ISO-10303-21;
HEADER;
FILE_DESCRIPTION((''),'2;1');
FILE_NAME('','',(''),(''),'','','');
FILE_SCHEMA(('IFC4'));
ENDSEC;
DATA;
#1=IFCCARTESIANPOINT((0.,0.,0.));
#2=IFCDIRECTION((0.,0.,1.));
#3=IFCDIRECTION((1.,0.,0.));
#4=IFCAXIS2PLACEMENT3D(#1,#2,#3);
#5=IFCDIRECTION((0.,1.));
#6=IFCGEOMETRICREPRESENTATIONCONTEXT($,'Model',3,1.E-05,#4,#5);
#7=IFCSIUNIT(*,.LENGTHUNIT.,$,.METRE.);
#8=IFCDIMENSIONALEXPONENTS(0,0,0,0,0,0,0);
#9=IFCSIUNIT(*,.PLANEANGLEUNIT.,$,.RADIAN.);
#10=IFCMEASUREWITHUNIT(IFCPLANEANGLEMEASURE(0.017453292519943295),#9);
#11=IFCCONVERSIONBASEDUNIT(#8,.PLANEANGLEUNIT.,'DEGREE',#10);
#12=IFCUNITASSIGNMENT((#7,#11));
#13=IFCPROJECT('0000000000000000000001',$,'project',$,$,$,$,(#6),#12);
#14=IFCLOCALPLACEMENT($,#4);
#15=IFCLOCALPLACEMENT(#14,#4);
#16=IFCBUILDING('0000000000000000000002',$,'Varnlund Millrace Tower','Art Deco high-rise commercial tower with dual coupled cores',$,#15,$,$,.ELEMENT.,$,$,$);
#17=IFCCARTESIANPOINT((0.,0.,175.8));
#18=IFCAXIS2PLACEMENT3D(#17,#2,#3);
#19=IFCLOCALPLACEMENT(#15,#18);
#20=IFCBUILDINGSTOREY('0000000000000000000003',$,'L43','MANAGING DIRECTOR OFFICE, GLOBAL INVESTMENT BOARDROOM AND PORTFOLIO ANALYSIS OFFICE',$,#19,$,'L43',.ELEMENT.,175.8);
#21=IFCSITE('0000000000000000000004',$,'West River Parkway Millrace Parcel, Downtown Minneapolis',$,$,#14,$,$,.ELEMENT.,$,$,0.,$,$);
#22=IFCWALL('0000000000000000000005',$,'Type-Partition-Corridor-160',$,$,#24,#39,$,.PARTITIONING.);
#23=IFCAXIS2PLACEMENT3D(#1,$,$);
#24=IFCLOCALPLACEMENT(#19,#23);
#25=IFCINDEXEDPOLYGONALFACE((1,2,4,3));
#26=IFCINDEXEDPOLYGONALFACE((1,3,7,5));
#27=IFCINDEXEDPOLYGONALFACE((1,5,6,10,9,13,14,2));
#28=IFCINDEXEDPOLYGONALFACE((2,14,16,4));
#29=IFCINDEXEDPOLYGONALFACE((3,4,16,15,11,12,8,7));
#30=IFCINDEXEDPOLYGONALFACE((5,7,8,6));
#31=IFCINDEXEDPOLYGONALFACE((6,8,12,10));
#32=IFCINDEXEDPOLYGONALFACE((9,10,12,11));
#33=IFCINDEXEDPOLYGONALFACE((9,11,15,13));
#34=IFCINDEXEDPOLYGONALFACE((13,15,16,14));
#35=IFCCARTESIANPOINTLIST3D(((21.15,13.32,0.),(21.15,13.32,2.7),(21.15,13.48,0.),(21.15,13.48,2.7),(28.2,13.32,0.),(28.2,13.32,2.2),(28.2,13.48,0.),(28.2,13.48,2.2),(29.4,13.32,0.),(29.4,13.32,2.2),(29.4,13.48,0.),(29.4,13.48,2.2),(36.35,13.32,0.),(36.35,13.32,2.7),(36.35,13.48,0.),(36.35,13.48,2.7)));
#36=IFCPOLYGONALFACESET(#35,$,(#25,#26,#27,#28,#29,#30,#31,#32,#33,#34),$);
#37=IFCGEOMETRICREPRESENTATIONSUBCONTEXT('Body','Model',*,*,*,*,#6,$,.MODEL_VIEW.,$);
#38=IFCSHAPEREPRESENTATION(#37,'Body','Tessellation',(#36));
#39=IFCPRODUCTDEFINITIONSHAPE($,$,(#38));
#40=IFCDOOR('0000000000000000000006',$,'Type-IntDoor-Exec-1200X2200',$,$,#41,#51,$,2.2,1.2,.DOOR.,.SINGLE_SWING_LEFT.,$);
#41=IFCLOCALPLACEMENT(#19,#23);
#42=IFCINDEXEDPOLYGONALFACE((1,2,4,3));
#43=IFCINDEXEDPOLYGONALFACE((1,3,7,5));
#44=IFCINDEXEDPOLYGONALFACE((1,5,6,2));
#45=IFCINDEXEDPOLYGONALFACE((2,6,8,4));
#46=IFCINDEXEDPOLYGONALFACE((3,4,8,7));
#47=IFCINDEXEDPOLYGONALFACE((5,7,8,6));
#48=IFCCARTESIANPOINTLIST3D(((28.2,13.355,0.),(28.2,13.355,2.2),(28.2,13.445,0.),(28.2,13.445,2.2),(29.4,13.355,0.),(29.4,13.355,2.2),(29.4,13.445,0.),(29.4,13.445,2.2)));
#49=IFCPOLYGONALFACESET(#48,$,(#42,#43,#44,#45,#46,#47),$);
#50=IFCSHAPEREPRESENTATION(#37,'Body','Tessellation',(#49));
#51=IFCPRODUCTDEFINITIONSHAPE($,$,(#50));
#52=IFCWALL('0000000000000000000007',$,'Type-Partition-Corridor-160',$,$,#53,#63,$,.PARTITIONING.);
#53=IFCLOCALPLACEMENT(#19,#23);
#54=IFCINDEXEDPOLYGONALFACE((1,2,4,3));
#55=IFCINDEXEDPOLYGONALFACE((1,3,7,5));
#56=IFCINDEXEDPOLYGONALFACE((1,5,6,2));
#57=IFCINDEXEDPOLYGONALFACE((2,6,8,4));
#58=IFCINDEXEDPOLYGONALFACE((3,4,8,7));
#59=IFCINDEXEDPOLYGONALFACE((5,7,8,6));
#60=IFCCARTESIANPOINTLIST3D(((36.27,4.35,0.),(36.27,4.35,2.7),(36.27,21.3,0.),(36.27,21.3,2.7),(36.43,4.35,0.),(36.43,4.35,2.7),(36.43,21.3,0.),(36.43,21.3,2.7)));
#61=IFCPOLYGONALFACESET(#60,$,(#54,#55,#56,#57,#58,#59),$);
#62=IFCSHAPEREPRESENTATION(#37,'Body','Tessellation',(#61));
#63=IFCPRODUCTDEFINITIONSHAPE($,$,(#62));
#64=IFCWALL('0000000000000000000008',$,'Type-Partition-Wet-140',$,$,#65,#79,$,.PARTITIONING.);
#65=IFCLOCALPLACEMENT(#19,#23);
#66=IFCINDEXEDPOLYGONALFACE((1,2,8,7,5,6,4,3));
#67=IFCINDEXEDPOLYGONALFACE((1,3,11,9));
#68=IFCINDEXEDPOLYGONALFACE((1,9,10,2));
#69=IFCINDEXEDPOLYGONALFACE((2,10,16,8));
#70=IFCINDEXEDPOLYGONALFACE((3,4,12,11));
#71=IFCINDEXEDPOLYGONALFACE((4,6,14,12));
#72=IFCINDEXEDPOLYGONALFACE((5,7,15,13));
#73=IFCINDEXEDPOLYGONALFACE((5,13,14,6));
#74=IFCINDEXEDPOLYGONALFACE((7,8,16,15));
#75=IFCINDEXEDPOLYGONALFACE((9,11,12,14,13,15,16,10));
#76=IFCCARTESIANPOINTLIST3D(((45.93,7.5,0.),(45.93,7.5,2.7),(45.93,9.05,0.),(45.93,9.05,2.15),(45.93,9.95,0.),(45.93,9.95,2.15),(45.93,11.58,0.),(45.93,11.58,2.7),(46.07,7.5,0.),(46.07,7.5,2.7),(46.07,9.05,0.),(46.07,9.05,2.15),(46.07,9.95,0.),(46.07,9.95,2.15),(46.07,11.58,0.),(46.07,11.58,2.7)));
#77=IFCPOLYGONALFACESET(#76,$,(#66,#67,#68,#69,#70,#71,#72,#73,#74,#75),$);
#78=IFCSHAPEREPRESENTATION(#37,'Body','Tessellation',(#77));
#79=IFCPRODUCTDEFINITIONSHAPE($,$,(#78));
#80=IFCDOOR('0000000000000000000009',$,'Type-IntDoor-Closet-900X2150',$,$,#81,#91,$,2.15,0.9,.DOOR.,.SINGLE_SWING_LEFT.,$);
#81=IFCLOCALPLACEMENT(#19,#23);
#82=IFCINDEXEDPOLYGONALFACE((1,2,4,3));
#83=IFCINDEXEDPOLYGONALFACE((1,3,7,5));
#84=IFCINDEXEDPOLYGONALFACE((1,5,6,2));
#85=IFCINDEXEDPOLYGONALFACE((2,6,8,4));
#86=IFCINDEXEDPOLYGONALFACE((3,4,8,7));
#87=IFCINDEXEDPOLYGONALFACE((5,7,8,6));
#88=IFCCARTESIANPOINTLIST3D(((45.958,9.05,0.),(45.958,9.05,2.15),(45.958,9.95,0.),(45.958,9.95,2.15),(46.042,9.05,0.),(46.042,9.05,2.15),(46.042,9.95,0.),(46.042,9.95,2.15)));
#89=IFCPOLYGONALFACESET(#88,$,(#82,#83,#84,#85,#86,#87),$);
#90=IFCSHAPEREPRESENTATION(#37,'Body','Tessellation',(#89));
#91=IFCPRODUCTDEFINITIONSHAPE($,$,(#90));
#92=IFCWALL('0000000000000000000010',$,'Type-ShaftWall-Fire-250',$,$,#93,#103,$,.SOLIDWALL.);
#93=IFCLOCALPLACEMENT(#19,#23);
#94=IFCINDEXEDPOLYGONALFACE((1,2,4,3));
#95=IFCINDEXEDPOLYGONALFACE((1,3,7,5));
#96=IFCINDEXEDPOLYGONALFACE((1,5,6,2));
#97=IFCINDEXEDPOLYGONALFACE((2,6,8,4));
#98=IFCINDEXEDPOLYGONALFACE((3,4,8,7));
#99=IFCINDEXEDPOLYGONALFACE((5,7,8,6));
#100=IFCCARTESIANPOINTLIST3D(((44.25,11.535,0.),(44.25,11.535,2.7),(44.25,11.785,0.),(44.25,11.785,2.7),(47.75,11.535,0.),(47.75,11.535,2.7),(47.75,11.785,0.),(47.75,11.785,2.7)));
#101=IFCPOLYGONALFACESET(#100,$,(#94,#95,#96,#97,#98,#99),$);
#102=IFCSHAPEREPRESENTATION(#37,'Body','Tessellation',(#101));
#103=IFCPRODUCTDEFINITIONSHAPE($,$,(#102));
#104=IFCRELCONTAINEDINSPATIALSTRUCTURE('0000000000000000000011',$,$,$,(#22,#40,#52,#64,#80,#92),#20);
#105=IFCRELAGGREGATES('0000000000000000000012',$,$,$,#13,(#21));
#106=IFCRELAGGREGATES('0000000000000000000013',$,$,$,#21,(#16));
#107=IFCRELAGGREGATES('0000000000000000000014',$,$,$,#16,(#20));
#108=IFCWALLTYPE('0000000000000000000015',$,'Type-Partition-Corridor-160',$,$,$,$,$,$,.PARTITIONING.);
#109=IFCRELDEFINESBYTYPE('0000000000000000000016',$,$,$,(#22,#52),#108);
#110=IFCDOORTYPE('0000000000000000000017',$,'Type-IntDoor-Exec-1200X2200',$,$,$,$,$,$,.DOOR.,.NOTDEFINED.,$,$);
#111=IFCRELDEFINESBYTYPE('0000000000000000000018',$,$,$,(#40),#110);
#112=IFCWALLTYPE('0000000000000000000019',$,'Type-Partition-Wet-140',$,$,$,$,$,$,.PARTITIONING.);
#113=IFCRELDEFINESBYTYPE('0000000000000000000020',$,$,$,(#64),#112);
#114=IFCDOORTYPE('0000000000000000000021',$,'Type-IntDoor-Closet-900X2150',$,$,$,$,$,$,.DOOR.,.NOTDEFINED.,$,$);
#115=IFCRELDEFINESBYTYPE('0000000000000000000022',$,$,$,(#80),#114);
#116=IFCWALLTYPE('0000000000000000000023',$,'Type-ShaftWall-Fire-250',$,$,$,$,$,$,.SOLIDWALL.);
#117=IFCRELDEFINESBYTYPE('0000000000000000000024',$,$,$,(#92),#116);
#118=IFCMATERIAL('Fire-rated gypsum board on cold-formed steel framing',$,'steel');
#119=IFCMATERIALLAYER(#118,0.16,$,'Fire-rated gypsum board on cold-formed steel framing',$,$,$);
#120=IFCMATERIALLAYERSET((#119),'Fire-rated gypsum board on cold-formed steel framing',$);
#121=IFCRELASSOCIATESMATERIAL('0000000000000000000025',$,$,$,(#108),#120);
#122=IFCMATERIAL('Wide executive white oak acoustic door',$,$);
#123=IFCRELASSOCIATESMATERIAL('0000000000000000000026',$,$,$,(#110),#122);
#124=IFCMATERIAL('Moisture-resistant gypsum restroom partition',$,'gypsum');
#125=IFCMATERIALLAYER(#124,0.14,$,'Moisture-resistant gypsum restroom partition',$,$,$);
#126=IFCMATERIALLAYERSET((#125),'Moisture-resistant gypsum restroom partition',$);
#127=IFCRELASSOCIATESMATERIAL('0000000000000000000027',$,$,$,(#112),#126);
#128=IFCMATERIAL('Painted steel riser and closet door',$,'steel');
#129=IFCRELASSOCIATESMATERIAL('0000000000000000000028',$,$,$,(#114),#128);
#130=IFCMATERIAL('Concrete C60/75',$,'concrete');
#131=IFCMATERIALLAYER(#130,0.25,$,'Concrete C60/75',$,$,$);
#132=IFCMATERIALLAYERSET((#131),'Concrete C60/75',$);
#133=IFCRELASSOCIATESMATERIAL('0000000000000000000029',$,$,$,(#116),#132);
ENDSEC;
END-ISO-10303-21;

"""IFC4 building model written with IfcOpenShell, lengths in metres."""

from ifc_helpers import new_model, entity, si_unit, converted_unit, direction, frame, origin_with_axes, origin_2d_with_axis, place, context, subcontext, project, spatial, polyline, rectangle, outline, extrude, material, layer, layer_set, type_object, element, fill, save


model = new_model("IFC4")

# Units and contexts
model_context = context("Model", 3, precision=1e-05, world=origin_with_axes(), true_north=direction((0.0, 1.0)))
body_context = subcontext(model_context, "Body", "Model", "MODEL_VIEW")
ifc_project = project(units=[si_unit("LENGTHUNIT", "METRE"), converted_unit("PLANEANGLEUNIT", "DEGREE", entity("IfcPlaneAngleMeasure", 0.017453292519943295), si_unit("PLANEANGLEUNIT", "RADIAN"), dimensions=[0, 0, 0, 0, 0, 0, 0])], contexts=[model_context])

# Site, building, storey
site_placement = place(None, origin_with_axes())
site = spatial("IfcSite", under=ifc_project, at=site_placement, Name="West River Parkway Millrace Parcel, Downtown Minneapolis", CompositionType="ELEMENT", RefElevation=0.0)
building_placement = place(site_placement, origin_with_axes())
building = spatial("IfcBuilding", under=site, at=building_placement, Name="Varnlund Millrace Tower", Description="Art Deco high-rise commercial tower with dual coupled cores", CompositionType="ELEMENT")
storey_placement = place(building_placement, frame((0.0, 0.0, 175.8), z_axis=(0.0, 0.0, 1.0), x_axis=(1.0, 0.0, 0.0)))
storey = spatial("IfcBuildingStorey", under=building, at=storey_placement, Name="L43", Description="MANAGING DIRECTOR OFFICE, GLOBAL INVESTMENT BOARDROOM AND PORTFOLIO ANALYSIS OFFICE", LongName="L43", CompositionType="ELEMENT", Elevation=175.8)

# Shared definitions
ifc_material_1 = material(Name="Fire-rated gypsum board on cold-formed steel framing", Category="steel")
ifc_layer_1 = layer(ifc_material_1, 0.16, Name="Fire-rated gypsum board on cold-formed steel framing")
ifc_layer_set_1 = layer_set([ifc_layer_1], Name="Fire-rated gypsum board on cold-formed steel framing")
wall_type_1 = type_object("IfcWallType", Name="Type-Partition-Corridor-160", PredefinedType="PARTITIONING", material=ifc_layer_set_1)

# Wall, opening, door
wall_1_placement = place(storey_placement, frame((21.15, 13.4, 0.0), z_axis=(0.0, 0.0, 1.0), x_axis=(1.0, 0.0, 0.0)))
wall_1 = element("IfcWall", 1, at=wall_1_placement, inside=storey, type_object=wall_type_1, Name="Type-Partition-Corridor-160", PredefinedType="PARTITIONING", context=body_context, shape_type="SweptSolid", body=[
    extrude(outline(polyline([(0.0, -0.08), (15.2, -0.08), (15.2, 0.08), (0.0, 0.08), (0.0, -0.08)])), origin_with_axes(), (0.0, 0.0, 1.0), 2.7),
])
opening_1_placement = place(wall_1_placement, frame((7.65, 0.0, 0.0), z_axis=(0.0, 0.0, 1.0), x_axis=(1.0, 0.0, 0.0)))
opening_1 = element("IfcOpeningElement", 2, at=opening_1_placement, cuts=wall_1, PredefinedType="OPENING", context=body_context, shape_type="SweptSolid", body=[
    extrude(rectangle(XDim=1.2, YDim=0.18, at=origin_2d_with_axis()), origin_with_axes(), (0.0, 0.0, 1.0), 2.2),
])
ifc_material_2 = material(Name="Wide executive white oak acoustic door")
door_type_1 = type_object("IfcDoorType", Name="Type-IntDoor-Exec-1200X2200", OperationType="NOTDEFINED", PredefinedType="DOOR", material=ifc_material_2)
door_1_placement = place(wall_1_placement, frame((7.65, 0.0, 0.0), z_axis=(0.0, 0.0, 1.0), x_axis=(1.0, 0.0, 0.0)))
door_1 = element("IfcDoor", 3, at=door_1_placement, inside=storey, type_object=door_type_1, Name="Type-IntDoor-Exec-1200X2200", OperationType="SINGLE_SWING_LEFT", OverallHeight=2.2, OverallWidth=1.2, PredefinedType="DOOR", context=body_context, shape_type="SweptSolid", body=[
    extrude(rectangle(XDim=1.2, YDim=0.09, at=origin_2d_with_axis()), origin_with_axes(), (0.0, 0.0, 1.0), 2.2),
])
fill(opening_1, door_1)

# Wall
wall_2_placement = place(storey_placement, frame((36.35, 4.35, 0.0), z_axis=(0.0, 0.0, 1.0), x_axis=(0.0, 1.0, 0.0)))
element("IfcWall", 4, at=wall_2_placement, inside=storey, type_object=wall_type_1, Name="Type-Partition-Corridor-160", PredefinedType="PARTITIONING", context=body_context, shape_type="SweptSolid", body=[
    extrude(outline(polyline([(0.0, -0.08), (16.95, -0.08), (16.95, 0.08), (0.0, 0.08), (0.0, -0.08)])), origin_with_axes(), (0.0, 0.0, 1.0), 2.7),
])

# Wall, opening, door
ifc_material_3 = material(Name="Moisture-resistant gypsum restroom partition", Category="gypsum")
ifc_layer_2 = layer(ifc_material_3, 0.14, Name="Moisture-resistant gypsum restroom partition")
ifc_layer_set_2 = layer_set([ifc_layer_2], Name="Moisture-resistant gypsum restroom partition")
wall_type_2 = type_object("IfcWallType", Name="Type-Partition-Wet-140", PredefinedType="PARTITIONING", material=ifc_layer_set_2)
wall_3_placement = place(storey_placement, frame((46.0, 7.5, 0.0), z_axis=(0.0, 0.0, 1.0), x_axis=(0.0, 1.0, 0.0)))
wall_3 = element("IfcWall", 5, at=wall_3_placement, inside=storey, type_object=wall_type_2, Name="Type-Partition-Wet-140", PredefinedType="PARTITIONING", context=body_context, shape_type="SweptSolid", body=[
    extrude(outline(polyline([(0.0, -0.07), (4.08, -0.07), (4.08, 0.07), (0.0, 0.07), (0.0, -0.07)])), origin_with_axes(), (0.0, 0.0, 1.0), 2.7),
])
opening_2_placement = place(wall_3_placement, frame((2.0, 0.0, 0.0), z_axis=(0.0, 0.0, 1.0), x_axis=(1.0, 0.0, 0.0)))
opening_2 = element("IfcOpeningElement", 6, at=opening_2_placement, cuts=wall_3, PredefinedType="OPENING", context=body_context, shape_type="SweptSolid", body=[
    extrude(rectangle(XDim=0.9, YDim=0.16, at=origin_2d_with_axis()), origin_with_axes(), (0.0, 0.0, 1.0), 2.15),
])
ifc_material_4 = material(Name="Painted steel riser and closet door", Category="steel")
door_type_2 = type_object("IfcDoorType", Name="Type-IntDoor-Closet-900X2150", OperationType="NOTDEFINED", PredefinedType="DOOR", material=ifc_material_4)
door_2_placement = place(wall_3_placement, frame((2.0, 0.0, 0.0), z_axis=(0.0, 0.0, 1.0), x_axis=(1.0, 0.0, 0.0)))
door_2 = element("IfcDoor", 7, at=door_2_placement, inside=storey, type_object=door_type_2, Name="Type-IntDoor-Closet-900X2150", OperationType="SINGLE_SWING_LEFT", OverallHeight=2.15, OverallWidth=0.9, PredefinedType="DOOR", context=body_context, shape_type="SweptSolid", body=[
    extrude(rectangle(XDim=0.9, YDim=0.084, at=origin_2d_with_axis()), origin_with_axes(), (0.0, 0.0, 1.0), 2.15),
])
fill(opening_2, door_2)

# Wall
ifc_material_5 = material(Name="Concrete C60/75", Category="concrete")
ifc_layer_3 = layer(ifc_material_5, 0.25, Name="Concrete C60/75")
ifc_layer_set_3 = layer_set([ifc_layer_3], Name="Concrete C60/75")
wall_type_3 = type_object("IfcWallType", Name="Type-ShaftWall-Fire-250", PredefinedType="SOLIDWALL", material=ifc_layer_set_3)
wall_4_placement = place(storey_placement, frame((44.25, 11.66, 0.0), z_axis=(0.0, 0.0, 1.0), x_axis=(1.0, 0.0, 0.0)))
element("IfcWall", 8, at=wall_4_placement, inside=storey, type_object=wall_type_3, Name="Type-ShaftWall-Fire-250", PredefinedType="SOLIDWALL", context=body_context, shape_type="SweptSolid", body=[
    extrude(outline(polyline([(0.0, -0.125), (3.5, -0.125), (3.5, 0.125), (0.0, 0.125), (0.0, -0.125)])), origin_with_axes(), (0.0, 0.0, 1.0), 2.7),
])

save(model, "model.ifc")
